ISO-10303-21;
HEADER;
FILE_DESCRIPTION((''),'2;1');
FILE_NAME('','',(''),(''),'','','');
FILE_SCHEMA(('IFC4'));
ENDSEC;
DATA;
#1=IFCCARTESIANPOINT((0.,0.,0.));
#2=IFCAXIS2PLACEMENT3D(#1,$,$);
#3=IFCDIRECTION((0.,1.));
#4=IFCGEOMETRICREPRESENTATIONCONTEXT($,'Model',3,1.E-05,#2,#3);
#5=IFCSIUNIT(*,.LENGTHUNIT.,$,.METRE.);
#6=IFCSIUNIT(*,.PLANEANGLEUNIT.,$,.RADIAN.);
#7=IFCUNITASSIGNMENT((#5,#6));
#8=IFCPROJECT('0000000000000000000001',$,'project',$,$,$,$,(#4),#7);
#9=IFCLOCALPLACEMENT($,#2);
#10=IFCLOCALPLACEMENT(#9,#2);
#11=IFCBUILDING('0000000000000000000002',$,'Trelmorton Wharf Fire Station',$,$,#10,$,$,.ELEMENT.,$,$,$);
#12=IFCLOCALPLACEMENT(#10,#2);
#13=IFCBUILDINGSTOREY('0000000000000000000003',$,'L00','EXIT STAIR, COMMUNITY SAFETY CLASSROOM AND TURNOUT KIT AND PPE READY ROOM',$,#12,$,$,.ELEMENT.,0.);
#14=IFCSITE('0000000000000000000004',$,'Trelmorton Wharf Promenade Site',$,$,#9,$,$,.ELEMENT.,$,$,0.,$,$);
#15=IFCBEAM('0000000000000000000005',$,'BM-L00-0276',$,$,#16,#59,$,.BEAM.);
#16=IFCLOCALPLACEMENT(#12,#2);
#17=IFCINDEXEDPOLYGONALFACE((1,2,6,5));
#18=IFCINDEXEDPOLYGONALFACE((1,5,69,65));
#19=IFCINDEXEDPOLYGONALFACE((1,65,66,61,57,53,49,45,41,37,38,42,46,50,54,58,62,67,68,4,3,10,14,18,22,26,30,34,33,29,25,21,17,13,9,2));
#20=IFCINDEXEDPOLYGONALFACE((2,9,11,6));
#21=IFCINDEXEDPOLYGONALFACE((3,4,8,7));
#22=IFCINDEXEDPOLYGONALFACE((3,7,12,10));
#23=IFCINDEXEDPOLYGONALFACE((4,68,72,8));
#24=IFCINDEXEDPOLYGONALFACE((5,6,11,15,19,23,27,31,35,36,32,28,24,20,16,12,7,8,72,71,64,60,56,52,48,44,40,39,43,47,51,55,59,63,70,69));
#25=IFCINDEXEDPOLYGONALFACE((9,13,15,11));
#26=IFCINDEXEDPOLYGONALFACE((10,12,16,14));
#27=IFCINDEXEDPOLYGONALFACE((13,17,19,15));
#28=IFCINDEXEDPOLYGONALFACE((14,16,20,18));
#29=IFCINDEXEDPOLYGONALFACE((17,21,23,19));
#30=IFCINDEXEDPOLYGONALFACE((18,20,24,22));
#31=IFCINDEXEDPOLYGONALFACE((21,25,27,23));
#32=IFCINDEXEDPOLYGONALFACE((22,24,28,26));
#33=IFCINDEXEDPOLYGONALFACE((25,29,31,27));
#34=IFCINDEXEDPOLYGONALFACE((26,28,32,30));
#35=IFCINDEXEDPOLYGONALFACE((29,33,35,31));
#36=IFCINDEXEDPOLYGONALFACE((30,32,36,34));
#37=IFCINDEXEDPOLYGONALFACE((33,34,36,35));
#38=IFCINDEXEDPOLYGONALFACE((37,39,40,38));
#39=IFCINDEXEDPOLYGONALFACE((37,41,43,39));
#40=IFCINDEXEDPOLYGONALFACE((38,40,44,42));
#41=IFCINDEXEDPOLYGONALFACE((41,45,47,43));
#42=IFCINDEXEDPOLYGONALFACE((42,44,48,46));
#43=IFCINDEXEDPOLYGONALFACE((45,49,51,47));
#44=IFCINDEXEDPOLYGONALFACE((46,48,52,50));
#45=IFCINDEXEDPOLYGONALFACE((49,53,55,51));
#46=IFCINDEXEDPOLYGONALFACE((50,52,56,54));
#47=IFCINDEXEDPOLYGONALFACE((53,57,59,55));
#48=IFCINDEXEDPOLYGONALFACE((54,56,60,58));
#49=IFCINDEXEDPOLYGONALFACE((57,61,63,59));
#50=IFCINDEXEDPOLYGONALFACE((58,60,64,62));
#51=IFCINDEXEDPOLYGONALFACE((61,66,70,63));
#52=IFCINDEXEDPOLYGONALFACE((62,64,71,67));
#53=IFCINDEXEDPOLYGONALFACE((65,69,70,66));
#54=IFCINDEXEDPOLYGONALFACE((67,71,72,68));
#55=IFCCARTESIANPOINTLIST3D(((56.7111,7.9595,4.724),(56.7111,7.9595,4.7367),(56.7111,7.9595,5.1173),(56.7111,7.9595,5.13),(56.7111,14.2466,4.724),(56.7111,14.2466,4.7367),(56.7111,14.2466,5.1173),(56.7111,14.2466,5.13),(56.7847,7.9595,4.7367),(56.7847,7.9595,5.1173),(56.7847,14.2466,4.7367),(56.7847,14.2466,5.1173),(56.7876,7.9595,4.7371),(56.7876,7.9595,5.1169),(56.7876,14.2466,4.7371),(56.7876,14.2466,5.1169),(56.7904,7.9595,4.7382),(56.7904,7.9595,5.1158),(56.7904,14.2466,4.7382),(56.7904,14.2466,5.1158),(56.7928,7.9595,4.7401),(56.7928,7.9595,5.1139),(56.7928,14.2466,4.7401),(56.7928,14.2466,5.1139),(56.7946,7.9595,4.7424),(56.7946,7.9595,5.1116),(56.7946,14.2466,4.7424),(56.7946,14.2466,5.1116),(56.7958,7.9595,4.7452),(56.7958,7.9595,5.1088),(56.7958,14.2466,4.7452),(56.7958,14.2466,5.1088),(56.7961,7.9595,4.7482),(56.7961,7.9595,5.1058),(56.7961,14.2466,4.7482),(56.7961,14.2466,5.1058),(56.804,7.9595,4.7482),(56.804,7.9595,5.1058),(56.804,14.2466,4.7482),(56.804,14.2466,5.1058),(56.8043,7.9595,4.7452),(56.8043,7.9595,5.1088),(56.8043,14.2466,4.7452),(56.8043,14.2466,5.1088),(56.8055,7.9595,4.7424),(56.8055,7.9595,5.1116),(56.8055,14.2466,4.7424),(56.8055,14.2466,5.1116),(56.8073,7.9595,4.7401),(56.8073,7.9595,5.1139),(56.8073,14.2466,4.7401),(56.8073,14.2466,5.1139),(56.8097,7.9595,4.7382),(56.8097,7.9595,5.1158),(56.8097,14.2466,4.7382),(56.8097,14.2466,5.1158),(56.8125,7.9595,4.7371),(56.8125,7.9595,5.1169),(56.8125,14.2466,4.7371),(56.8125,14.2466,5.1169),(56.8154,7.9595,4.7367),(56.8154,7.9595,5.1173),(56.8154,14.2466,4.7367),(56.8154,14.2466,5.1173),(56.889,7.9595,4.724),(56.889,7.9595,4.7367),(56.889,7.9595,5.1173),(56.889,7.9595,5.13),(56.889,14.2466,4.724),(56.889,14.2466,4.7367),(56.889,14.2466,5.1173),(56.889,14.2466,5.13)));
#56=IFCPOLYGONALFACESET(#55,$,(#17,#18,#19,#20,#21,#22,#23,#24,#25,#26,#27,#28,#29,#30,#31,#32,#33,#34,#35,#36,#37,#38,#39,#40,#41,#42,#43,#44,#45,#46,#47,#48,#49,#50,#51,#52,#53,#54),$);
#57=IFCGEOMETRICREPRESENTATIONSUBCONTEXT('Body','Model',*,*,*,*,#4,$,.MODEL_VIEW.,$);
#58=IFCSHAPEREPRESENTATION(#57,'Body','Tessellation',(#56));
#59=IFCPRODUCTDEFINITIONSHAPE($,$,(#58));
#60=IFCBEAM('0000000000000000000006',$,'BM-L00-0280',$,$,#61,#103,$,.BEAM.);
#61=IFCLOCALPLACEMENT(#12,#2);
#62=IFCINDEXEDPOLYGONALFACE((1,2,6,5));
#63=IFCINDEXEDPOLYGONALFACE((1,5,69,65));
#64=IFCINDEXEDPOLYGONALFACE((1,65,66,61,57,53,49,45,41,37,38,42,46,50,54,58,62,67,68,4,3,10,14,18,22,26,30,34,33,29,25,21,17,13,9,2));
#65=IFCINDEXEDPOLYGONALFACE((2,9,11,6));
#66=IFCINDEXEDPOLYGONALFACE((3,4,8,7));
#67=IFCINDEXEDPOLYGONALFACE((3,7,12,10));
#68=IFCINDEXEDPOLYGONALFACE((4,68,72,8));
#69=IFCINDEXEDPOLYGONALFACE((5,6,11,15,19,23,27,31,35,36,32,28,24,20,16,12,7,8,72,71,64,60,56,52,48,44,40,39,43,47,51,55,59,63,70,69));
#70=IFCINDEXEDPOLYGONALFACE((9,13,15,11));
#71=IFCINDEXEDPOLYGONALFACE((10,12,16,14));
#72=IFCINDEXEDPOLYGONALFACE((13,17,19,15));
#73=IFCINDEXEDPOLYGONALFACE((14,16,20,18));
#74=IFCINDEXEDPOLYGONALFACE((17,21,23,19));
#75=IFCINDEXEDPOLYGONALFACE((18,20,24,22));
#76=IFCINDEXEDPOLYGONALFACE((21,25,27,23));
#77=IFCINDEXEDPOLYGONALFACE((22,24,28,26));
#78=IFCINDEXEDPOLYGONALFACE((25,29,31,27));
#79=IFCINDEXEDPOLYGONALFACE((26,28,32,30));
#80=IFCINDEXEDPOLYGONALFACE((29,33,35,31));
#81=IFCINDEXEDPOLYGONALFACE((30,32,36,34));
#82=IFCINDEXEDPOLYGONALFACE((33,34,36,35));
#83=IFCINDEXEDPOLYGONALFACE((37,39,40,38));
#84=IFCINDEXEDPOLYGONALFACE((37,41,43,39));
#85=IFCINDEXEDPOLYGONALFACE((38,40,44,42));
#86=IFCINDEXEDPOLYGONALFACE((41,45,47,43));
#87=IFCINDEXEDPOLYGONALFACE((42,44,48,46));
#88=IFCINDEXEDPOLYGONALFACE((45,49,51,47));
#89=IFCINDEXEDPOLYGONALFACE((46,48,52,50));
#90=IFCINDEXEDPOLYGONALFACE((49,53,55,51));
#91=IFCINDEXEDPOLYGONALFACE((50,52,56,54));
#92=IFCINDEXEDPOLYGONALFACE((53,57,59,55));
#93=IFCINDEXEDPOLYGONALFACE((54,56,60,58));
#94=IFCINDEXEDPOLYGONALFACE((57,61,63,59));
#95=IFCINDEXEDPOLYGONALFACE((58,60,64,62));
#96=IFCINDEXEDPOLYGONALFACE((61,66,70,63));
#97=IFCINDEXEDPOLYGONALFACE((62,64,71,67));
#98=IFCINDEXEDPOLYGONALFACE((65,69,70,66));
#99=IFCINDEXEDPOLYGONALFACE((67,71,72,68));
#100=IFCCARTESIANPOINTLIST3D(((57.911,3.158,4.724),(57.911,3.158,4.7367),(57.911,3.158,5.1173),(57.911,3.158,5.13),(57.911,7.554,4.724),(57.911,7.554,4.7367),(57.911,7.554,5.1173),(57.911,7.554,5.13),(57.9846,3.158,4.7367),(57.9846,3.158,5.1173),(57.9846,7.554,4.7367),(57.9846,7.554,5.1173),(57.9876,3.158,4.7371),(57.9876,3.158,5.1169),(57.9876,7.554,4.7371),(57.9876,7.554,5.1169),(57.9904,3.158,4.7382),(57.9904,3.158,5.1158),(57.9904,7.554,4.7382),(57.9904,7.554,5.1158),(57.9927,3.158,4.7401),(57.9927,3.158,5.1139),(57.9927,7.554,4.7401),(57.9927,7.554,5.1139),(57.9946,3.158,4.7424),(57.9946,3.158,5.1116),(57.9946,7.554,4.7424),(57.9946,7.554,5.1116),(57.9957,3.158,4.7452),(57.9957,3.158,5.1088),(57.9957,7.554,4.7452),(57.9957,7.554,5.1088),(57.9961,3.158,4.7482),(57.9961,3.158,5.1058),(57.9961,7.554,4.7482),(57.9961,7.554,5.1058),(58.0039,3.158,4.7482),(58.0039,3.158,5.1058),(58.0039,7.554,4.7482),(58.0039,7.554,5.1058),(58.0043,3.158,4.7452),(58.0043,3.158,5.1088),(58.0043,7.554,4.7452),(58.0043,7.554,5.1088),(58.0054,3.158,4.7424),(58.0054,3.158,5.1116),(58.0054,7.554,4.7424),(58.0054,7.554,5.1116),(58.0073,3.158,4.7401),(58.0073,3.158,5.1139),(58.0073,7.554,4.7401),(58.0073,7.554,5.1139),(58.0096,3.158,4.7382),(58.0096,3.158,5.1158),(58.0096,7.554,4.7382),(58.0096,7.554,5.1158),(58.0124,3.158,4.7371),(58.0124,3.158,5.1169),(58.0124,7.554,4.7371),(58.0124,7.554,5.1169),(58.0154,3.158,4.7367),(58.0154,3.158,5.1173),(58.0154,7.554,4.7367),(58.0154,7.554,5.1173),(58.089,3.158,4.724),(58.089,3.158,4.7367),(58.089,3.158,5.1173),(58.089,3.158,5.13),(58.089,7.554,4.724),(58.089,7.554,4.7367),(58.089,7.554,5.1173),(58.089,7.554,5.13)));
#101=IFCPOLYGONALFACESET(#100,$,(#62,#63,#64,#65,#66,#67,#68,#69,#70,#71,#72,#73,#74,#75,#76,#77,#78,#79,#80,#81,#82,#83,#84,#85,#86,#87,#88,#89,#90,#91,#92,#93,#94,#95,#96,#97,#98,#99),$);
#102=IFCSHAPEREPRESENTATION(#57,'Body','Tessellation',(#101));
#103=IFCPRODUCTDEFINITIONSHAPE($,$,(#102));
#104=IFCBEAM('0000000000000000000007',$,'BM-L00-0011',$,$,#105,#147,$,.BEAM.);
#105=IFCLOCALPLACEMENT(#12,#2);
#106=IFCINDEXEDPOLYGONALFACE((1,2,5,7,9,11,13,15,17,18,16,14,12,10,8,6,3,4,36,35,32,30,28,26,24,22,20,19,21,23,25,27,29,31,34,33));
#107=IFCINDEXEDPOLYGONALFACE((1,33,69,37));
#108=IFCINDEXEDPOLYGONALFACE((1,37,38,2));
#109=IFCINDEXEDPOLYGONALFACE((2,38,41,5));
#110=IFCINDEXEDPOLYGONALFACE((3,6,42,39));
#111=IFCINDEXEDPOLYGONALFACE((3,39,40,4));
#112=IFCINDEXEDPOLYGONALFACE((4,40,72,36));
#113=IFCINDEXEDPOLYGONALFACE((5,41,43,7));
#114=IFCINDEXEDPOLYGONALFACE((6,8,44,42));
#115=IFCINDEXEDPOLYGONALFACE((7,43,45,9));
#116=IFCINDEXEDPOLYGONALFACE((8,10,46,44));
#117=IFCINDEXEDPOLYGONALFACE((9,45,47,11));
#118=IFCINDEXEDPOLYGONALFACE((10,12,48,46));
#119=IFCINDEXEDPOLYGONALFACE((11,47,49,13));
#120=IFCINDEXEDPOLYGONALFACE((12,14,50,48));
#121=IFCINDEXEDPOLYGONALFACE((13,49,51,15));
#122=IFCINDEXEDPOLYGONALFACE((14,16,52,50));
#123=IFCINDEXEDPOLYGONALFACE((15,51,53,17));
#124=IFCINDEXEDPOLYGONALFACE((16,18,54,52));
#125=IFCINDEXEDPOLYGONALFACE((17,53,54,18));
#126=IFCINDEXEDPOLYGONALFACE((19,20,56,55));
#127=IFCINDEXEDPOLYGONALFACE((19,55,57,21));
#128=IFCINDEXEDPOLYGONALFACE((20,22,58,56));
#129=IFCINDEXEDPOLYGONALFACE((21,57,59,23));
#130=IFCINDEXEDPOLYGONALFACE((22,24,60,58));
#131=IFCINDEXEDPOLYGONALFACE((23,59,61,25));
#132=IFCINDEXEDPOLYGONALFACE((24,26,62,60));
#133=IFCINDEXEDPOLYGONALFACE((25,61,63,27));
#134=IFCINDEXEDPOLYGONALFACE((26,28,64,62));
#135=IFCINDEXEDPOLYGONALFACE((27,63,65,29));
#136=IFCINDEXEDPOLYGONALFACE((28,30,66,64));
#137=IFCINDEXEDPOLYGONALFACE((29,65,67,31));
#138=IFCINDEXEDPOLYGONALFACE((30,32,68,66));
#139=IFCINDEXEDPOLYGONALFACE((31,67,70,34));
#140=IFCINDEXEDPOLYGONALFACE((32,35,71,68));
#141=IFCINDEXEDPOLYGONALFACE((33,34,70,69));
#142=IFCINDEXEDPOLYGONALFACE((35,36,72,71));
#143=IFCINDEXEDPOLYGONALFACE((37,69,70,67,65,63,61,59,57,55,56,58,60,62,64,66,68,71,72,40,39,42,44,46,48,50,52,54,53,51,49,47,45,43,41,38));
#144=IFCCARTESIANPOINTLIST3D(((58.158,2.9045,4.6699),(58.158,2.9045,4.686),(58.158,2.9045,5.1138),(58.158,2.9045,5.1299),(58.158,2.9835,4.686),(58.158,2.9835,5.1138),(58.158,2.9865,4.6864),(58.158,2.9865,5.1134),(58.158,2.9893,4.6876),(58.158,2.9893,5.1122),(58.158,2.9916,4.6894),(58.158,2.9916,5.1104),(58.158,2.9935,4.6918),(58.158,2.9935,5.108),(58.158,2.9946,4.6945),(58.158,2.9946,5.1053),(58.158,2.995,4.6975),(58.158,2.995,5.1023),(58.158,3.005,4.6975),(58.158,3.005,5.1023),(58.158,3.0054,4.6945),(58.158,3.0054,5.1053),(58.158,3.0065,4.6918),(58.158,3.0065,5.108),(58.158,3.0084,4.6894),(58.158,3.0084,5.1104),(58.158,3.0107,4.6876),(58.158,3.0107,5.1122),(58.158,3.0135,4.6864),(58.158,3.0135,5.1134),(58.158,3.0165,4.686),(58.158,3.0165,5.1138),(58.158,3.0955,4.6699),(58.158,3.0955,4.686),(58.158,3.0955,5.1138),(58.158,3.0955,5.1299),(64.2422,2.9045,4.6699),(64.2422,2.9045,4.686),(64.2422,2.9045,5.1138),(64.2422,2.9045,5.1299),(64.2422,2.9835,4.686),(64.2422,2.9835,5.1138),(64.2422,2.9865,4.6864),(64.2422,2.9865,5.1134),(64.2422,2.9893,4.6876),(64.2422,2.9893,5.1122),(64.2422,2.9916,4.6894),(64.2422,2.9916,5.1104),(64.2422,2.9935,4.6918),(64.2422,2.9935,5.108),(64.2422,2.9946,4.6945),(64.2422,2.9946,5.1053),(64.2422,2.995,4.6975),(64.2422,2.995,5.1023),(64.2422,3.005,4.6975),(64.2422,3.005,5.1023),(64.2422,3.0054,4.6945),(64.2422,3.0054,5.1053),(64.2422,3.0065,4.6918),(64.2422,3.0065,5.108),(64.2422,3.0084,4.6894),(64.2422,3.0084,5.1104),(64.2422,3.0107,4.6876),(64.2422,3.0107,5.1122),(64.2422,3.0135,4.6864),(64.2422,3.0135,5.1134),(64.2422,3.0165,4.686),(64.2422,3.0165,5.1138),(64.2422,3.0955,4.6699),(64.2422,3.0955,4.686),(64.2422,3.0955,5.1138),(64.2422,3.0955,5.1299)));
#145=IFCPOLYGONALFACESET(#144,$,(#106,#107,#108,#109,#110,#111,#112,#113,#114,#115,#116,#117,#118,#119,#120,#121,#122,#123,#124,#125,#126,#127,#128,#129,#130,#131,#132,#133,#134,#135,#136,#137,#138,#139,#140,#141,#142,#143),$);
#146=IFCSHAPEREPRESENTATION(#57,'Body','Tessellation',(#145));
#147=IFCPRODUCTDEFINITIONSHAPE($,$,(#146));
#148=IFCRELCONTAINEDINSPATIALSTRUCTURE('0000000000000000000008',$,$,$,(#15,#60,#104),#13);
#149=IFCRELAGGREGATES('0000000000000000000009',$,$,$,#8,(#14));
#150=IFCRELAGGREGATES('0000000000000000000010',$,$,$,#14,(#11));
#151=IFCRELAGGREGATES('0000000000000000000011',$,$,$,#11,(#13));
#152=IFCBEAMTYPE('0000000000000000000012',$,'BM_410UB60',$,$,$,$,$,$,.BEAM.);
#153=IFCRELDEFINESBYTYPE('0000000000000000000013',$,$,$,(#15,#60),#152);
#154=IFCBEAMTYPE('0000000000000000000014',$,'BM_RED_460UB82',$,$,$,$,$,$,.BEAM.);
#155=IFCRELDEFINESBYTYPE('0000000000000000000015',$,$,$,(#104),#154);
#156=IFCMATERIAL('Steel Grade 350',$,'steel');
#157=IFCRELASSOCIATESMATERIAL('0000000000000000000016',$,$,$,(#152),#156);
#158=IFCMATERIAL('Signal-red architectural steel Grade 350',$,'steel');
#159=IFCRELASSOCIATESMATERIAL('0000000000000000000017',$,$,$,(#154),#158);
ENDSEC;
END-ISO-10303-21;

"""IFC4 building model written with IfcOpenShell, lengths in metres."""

from ifc_helpers import new_model, si_unit, direction, frame, origin, origin_2d, place, context, subcontext, project, spatial, i_section, extrude, material, material_profile, profile_set, type_object, element, save


model = new_model("IFC4")

# Units and contexts
model_context = context("Model", 3, precision=1e-05, world=origin(), true_north=direction((0.0, 1.0)))
body_context = subcontext(model_context, "Body", "Model", "MODEL_VIEW")
ifc_project = project(units=[si_unit("LENGTHUNIT", "METRE"), si_unit("PLANEANGLEUNIT", "RADIAN")], contexts=[model_context])

# Site, building, storey
site_placement = place(None, origin())
site = spatial("IfcSite", under=ifc_project, at=site_placement, Name="Trelmorton Wharf Promenade Site", CompositionType="ELEMENT", RefElevation=0.0)
building_placement = place(site_placement, origin())
building = spatial("IfcBuilding", under=site, at=building_placement, Name="Trelmorton Wharf Fire Station", CompositionType="ELEMENT")
storey_placement = place(building_placement, origin())
storey = spatial("IfcBuildingStorey", under=building, at=storey_placement, Name="L00", Description="EXIT STAIR, COMMUNITY SAFETY CLASSROOM AND TURNOUT KIT AND PPE READY ROOM", CompositionType="ELEMENT", Elevation=0.0)

# Shared definitions
ifc_material_1 = material(Name="Steel Grade 350", Category="steel")
ifc_material_2 = material(Name="Signal-red architectural steel Grade 350", Category="steel")

# Beams
ifc_material_profile_1 = material_profile(ifc_material_1, i_section(OverallWidth=0.178, OverallDepth=0.406, WebThickness=0.0078, FlangeThickness=0.0127, FilletRadius=0.0115, at=origin_2d()), Name="410UB59.7")
ifc_profile_set_1 = profile_set([ifc_material_profile_1], Name="Steel Grade 350")
beam_type_1 = type_object("IfcBeamType", Name="BM_410UB60", PredefinedType="BEAM", material=ifc_profile_set_1)
beam_1_placement = place(storey_placement, frame((56.8, 7.9595, 4.927), z_axis=(0.0, 1.0, 0.0), x_axis=(-1.0, 0.0, 0.0)))
element("IfcBeam", 1, at=beam_1_placement, inside=storey, type_object=beam_type_1, Name="BM-L00-0276", PredefinedType="BEAM", context=body_context, shape_type="SweptSolid", body=[
    extrude(i_section(OverallWidth=0.178, OverallDepth=0.406, WebThickness=0.0078, FlangeThickness=0.0127, FilletRadius=0.0115, at=origin_2d()), origin(), (0.0, 0.0, 1.0), 6.2871),
])
beam_2_placement = place(storey_placement, frame((58.0, 3.158, 4.927), z_axis=(0.0, 1.0, 0.0), x_axis=(-1.0, 0.0, 0.0)))
element("IfcBeam", 2, at=beam_2_placement, inside=storey, type_object=beam_type_1, Name="BM-L00-0280", PredefinedType="BEAM", context=body_context, shape_type="SweptSolid", body=[
    extrude(i_section(OverallWidth=0.178, OverallDepth=0.406, WebThickness=0.0078, FlangeThickness=0.0127, FilletRadius=0.0115, at=origin_2d()), origin(), (0.0, 0.0, 1.0), 4.396),
])
ifc_material_profile_2 = material_profile(ifc_material_2, i_section(OverallWidth=0.1909, OverallDepth=0.46, WebThickness=0.01, FlangeThickness=0.0161, FilletRadius=0.0115, at=origin_2d()), Name="460UB82.1")
ifc_profile_set_2 = profile_set([ifc_material_profile_2], Name="Signal-red architectural steel Grade 350")
beam_type_2 = type_object("IfcBeamType", Name="BM_RED_460UB82", PredefinedType="BEAM", material=ifc_profile_set_2)
beam_3_placement = place(storey_placement, frame((58.158, 3.0, 4.8999), z_axis=(1.0, 0.0, 0.0), x_axis=(0.0, 1.0, 0.0)))
element("IfcBeam", 3, at=beam_3_placement, inside=storey, type_object=beam_type_2, Name="BM-L00-0011", PredefinedType="BEAM", context=body_context, shape_type="SweptSolid", body=[
    extrude(i_section(OverallWidth=0.1909, OverallDepth=0.46, WebThickness=0.01, FlangeThickness=0.0161, FilletRadius=0.0115, at=origin_2d()), origin(), (0.0, 0.0, 1.0), 6.0842),
])

save(model, "model.ifc")
